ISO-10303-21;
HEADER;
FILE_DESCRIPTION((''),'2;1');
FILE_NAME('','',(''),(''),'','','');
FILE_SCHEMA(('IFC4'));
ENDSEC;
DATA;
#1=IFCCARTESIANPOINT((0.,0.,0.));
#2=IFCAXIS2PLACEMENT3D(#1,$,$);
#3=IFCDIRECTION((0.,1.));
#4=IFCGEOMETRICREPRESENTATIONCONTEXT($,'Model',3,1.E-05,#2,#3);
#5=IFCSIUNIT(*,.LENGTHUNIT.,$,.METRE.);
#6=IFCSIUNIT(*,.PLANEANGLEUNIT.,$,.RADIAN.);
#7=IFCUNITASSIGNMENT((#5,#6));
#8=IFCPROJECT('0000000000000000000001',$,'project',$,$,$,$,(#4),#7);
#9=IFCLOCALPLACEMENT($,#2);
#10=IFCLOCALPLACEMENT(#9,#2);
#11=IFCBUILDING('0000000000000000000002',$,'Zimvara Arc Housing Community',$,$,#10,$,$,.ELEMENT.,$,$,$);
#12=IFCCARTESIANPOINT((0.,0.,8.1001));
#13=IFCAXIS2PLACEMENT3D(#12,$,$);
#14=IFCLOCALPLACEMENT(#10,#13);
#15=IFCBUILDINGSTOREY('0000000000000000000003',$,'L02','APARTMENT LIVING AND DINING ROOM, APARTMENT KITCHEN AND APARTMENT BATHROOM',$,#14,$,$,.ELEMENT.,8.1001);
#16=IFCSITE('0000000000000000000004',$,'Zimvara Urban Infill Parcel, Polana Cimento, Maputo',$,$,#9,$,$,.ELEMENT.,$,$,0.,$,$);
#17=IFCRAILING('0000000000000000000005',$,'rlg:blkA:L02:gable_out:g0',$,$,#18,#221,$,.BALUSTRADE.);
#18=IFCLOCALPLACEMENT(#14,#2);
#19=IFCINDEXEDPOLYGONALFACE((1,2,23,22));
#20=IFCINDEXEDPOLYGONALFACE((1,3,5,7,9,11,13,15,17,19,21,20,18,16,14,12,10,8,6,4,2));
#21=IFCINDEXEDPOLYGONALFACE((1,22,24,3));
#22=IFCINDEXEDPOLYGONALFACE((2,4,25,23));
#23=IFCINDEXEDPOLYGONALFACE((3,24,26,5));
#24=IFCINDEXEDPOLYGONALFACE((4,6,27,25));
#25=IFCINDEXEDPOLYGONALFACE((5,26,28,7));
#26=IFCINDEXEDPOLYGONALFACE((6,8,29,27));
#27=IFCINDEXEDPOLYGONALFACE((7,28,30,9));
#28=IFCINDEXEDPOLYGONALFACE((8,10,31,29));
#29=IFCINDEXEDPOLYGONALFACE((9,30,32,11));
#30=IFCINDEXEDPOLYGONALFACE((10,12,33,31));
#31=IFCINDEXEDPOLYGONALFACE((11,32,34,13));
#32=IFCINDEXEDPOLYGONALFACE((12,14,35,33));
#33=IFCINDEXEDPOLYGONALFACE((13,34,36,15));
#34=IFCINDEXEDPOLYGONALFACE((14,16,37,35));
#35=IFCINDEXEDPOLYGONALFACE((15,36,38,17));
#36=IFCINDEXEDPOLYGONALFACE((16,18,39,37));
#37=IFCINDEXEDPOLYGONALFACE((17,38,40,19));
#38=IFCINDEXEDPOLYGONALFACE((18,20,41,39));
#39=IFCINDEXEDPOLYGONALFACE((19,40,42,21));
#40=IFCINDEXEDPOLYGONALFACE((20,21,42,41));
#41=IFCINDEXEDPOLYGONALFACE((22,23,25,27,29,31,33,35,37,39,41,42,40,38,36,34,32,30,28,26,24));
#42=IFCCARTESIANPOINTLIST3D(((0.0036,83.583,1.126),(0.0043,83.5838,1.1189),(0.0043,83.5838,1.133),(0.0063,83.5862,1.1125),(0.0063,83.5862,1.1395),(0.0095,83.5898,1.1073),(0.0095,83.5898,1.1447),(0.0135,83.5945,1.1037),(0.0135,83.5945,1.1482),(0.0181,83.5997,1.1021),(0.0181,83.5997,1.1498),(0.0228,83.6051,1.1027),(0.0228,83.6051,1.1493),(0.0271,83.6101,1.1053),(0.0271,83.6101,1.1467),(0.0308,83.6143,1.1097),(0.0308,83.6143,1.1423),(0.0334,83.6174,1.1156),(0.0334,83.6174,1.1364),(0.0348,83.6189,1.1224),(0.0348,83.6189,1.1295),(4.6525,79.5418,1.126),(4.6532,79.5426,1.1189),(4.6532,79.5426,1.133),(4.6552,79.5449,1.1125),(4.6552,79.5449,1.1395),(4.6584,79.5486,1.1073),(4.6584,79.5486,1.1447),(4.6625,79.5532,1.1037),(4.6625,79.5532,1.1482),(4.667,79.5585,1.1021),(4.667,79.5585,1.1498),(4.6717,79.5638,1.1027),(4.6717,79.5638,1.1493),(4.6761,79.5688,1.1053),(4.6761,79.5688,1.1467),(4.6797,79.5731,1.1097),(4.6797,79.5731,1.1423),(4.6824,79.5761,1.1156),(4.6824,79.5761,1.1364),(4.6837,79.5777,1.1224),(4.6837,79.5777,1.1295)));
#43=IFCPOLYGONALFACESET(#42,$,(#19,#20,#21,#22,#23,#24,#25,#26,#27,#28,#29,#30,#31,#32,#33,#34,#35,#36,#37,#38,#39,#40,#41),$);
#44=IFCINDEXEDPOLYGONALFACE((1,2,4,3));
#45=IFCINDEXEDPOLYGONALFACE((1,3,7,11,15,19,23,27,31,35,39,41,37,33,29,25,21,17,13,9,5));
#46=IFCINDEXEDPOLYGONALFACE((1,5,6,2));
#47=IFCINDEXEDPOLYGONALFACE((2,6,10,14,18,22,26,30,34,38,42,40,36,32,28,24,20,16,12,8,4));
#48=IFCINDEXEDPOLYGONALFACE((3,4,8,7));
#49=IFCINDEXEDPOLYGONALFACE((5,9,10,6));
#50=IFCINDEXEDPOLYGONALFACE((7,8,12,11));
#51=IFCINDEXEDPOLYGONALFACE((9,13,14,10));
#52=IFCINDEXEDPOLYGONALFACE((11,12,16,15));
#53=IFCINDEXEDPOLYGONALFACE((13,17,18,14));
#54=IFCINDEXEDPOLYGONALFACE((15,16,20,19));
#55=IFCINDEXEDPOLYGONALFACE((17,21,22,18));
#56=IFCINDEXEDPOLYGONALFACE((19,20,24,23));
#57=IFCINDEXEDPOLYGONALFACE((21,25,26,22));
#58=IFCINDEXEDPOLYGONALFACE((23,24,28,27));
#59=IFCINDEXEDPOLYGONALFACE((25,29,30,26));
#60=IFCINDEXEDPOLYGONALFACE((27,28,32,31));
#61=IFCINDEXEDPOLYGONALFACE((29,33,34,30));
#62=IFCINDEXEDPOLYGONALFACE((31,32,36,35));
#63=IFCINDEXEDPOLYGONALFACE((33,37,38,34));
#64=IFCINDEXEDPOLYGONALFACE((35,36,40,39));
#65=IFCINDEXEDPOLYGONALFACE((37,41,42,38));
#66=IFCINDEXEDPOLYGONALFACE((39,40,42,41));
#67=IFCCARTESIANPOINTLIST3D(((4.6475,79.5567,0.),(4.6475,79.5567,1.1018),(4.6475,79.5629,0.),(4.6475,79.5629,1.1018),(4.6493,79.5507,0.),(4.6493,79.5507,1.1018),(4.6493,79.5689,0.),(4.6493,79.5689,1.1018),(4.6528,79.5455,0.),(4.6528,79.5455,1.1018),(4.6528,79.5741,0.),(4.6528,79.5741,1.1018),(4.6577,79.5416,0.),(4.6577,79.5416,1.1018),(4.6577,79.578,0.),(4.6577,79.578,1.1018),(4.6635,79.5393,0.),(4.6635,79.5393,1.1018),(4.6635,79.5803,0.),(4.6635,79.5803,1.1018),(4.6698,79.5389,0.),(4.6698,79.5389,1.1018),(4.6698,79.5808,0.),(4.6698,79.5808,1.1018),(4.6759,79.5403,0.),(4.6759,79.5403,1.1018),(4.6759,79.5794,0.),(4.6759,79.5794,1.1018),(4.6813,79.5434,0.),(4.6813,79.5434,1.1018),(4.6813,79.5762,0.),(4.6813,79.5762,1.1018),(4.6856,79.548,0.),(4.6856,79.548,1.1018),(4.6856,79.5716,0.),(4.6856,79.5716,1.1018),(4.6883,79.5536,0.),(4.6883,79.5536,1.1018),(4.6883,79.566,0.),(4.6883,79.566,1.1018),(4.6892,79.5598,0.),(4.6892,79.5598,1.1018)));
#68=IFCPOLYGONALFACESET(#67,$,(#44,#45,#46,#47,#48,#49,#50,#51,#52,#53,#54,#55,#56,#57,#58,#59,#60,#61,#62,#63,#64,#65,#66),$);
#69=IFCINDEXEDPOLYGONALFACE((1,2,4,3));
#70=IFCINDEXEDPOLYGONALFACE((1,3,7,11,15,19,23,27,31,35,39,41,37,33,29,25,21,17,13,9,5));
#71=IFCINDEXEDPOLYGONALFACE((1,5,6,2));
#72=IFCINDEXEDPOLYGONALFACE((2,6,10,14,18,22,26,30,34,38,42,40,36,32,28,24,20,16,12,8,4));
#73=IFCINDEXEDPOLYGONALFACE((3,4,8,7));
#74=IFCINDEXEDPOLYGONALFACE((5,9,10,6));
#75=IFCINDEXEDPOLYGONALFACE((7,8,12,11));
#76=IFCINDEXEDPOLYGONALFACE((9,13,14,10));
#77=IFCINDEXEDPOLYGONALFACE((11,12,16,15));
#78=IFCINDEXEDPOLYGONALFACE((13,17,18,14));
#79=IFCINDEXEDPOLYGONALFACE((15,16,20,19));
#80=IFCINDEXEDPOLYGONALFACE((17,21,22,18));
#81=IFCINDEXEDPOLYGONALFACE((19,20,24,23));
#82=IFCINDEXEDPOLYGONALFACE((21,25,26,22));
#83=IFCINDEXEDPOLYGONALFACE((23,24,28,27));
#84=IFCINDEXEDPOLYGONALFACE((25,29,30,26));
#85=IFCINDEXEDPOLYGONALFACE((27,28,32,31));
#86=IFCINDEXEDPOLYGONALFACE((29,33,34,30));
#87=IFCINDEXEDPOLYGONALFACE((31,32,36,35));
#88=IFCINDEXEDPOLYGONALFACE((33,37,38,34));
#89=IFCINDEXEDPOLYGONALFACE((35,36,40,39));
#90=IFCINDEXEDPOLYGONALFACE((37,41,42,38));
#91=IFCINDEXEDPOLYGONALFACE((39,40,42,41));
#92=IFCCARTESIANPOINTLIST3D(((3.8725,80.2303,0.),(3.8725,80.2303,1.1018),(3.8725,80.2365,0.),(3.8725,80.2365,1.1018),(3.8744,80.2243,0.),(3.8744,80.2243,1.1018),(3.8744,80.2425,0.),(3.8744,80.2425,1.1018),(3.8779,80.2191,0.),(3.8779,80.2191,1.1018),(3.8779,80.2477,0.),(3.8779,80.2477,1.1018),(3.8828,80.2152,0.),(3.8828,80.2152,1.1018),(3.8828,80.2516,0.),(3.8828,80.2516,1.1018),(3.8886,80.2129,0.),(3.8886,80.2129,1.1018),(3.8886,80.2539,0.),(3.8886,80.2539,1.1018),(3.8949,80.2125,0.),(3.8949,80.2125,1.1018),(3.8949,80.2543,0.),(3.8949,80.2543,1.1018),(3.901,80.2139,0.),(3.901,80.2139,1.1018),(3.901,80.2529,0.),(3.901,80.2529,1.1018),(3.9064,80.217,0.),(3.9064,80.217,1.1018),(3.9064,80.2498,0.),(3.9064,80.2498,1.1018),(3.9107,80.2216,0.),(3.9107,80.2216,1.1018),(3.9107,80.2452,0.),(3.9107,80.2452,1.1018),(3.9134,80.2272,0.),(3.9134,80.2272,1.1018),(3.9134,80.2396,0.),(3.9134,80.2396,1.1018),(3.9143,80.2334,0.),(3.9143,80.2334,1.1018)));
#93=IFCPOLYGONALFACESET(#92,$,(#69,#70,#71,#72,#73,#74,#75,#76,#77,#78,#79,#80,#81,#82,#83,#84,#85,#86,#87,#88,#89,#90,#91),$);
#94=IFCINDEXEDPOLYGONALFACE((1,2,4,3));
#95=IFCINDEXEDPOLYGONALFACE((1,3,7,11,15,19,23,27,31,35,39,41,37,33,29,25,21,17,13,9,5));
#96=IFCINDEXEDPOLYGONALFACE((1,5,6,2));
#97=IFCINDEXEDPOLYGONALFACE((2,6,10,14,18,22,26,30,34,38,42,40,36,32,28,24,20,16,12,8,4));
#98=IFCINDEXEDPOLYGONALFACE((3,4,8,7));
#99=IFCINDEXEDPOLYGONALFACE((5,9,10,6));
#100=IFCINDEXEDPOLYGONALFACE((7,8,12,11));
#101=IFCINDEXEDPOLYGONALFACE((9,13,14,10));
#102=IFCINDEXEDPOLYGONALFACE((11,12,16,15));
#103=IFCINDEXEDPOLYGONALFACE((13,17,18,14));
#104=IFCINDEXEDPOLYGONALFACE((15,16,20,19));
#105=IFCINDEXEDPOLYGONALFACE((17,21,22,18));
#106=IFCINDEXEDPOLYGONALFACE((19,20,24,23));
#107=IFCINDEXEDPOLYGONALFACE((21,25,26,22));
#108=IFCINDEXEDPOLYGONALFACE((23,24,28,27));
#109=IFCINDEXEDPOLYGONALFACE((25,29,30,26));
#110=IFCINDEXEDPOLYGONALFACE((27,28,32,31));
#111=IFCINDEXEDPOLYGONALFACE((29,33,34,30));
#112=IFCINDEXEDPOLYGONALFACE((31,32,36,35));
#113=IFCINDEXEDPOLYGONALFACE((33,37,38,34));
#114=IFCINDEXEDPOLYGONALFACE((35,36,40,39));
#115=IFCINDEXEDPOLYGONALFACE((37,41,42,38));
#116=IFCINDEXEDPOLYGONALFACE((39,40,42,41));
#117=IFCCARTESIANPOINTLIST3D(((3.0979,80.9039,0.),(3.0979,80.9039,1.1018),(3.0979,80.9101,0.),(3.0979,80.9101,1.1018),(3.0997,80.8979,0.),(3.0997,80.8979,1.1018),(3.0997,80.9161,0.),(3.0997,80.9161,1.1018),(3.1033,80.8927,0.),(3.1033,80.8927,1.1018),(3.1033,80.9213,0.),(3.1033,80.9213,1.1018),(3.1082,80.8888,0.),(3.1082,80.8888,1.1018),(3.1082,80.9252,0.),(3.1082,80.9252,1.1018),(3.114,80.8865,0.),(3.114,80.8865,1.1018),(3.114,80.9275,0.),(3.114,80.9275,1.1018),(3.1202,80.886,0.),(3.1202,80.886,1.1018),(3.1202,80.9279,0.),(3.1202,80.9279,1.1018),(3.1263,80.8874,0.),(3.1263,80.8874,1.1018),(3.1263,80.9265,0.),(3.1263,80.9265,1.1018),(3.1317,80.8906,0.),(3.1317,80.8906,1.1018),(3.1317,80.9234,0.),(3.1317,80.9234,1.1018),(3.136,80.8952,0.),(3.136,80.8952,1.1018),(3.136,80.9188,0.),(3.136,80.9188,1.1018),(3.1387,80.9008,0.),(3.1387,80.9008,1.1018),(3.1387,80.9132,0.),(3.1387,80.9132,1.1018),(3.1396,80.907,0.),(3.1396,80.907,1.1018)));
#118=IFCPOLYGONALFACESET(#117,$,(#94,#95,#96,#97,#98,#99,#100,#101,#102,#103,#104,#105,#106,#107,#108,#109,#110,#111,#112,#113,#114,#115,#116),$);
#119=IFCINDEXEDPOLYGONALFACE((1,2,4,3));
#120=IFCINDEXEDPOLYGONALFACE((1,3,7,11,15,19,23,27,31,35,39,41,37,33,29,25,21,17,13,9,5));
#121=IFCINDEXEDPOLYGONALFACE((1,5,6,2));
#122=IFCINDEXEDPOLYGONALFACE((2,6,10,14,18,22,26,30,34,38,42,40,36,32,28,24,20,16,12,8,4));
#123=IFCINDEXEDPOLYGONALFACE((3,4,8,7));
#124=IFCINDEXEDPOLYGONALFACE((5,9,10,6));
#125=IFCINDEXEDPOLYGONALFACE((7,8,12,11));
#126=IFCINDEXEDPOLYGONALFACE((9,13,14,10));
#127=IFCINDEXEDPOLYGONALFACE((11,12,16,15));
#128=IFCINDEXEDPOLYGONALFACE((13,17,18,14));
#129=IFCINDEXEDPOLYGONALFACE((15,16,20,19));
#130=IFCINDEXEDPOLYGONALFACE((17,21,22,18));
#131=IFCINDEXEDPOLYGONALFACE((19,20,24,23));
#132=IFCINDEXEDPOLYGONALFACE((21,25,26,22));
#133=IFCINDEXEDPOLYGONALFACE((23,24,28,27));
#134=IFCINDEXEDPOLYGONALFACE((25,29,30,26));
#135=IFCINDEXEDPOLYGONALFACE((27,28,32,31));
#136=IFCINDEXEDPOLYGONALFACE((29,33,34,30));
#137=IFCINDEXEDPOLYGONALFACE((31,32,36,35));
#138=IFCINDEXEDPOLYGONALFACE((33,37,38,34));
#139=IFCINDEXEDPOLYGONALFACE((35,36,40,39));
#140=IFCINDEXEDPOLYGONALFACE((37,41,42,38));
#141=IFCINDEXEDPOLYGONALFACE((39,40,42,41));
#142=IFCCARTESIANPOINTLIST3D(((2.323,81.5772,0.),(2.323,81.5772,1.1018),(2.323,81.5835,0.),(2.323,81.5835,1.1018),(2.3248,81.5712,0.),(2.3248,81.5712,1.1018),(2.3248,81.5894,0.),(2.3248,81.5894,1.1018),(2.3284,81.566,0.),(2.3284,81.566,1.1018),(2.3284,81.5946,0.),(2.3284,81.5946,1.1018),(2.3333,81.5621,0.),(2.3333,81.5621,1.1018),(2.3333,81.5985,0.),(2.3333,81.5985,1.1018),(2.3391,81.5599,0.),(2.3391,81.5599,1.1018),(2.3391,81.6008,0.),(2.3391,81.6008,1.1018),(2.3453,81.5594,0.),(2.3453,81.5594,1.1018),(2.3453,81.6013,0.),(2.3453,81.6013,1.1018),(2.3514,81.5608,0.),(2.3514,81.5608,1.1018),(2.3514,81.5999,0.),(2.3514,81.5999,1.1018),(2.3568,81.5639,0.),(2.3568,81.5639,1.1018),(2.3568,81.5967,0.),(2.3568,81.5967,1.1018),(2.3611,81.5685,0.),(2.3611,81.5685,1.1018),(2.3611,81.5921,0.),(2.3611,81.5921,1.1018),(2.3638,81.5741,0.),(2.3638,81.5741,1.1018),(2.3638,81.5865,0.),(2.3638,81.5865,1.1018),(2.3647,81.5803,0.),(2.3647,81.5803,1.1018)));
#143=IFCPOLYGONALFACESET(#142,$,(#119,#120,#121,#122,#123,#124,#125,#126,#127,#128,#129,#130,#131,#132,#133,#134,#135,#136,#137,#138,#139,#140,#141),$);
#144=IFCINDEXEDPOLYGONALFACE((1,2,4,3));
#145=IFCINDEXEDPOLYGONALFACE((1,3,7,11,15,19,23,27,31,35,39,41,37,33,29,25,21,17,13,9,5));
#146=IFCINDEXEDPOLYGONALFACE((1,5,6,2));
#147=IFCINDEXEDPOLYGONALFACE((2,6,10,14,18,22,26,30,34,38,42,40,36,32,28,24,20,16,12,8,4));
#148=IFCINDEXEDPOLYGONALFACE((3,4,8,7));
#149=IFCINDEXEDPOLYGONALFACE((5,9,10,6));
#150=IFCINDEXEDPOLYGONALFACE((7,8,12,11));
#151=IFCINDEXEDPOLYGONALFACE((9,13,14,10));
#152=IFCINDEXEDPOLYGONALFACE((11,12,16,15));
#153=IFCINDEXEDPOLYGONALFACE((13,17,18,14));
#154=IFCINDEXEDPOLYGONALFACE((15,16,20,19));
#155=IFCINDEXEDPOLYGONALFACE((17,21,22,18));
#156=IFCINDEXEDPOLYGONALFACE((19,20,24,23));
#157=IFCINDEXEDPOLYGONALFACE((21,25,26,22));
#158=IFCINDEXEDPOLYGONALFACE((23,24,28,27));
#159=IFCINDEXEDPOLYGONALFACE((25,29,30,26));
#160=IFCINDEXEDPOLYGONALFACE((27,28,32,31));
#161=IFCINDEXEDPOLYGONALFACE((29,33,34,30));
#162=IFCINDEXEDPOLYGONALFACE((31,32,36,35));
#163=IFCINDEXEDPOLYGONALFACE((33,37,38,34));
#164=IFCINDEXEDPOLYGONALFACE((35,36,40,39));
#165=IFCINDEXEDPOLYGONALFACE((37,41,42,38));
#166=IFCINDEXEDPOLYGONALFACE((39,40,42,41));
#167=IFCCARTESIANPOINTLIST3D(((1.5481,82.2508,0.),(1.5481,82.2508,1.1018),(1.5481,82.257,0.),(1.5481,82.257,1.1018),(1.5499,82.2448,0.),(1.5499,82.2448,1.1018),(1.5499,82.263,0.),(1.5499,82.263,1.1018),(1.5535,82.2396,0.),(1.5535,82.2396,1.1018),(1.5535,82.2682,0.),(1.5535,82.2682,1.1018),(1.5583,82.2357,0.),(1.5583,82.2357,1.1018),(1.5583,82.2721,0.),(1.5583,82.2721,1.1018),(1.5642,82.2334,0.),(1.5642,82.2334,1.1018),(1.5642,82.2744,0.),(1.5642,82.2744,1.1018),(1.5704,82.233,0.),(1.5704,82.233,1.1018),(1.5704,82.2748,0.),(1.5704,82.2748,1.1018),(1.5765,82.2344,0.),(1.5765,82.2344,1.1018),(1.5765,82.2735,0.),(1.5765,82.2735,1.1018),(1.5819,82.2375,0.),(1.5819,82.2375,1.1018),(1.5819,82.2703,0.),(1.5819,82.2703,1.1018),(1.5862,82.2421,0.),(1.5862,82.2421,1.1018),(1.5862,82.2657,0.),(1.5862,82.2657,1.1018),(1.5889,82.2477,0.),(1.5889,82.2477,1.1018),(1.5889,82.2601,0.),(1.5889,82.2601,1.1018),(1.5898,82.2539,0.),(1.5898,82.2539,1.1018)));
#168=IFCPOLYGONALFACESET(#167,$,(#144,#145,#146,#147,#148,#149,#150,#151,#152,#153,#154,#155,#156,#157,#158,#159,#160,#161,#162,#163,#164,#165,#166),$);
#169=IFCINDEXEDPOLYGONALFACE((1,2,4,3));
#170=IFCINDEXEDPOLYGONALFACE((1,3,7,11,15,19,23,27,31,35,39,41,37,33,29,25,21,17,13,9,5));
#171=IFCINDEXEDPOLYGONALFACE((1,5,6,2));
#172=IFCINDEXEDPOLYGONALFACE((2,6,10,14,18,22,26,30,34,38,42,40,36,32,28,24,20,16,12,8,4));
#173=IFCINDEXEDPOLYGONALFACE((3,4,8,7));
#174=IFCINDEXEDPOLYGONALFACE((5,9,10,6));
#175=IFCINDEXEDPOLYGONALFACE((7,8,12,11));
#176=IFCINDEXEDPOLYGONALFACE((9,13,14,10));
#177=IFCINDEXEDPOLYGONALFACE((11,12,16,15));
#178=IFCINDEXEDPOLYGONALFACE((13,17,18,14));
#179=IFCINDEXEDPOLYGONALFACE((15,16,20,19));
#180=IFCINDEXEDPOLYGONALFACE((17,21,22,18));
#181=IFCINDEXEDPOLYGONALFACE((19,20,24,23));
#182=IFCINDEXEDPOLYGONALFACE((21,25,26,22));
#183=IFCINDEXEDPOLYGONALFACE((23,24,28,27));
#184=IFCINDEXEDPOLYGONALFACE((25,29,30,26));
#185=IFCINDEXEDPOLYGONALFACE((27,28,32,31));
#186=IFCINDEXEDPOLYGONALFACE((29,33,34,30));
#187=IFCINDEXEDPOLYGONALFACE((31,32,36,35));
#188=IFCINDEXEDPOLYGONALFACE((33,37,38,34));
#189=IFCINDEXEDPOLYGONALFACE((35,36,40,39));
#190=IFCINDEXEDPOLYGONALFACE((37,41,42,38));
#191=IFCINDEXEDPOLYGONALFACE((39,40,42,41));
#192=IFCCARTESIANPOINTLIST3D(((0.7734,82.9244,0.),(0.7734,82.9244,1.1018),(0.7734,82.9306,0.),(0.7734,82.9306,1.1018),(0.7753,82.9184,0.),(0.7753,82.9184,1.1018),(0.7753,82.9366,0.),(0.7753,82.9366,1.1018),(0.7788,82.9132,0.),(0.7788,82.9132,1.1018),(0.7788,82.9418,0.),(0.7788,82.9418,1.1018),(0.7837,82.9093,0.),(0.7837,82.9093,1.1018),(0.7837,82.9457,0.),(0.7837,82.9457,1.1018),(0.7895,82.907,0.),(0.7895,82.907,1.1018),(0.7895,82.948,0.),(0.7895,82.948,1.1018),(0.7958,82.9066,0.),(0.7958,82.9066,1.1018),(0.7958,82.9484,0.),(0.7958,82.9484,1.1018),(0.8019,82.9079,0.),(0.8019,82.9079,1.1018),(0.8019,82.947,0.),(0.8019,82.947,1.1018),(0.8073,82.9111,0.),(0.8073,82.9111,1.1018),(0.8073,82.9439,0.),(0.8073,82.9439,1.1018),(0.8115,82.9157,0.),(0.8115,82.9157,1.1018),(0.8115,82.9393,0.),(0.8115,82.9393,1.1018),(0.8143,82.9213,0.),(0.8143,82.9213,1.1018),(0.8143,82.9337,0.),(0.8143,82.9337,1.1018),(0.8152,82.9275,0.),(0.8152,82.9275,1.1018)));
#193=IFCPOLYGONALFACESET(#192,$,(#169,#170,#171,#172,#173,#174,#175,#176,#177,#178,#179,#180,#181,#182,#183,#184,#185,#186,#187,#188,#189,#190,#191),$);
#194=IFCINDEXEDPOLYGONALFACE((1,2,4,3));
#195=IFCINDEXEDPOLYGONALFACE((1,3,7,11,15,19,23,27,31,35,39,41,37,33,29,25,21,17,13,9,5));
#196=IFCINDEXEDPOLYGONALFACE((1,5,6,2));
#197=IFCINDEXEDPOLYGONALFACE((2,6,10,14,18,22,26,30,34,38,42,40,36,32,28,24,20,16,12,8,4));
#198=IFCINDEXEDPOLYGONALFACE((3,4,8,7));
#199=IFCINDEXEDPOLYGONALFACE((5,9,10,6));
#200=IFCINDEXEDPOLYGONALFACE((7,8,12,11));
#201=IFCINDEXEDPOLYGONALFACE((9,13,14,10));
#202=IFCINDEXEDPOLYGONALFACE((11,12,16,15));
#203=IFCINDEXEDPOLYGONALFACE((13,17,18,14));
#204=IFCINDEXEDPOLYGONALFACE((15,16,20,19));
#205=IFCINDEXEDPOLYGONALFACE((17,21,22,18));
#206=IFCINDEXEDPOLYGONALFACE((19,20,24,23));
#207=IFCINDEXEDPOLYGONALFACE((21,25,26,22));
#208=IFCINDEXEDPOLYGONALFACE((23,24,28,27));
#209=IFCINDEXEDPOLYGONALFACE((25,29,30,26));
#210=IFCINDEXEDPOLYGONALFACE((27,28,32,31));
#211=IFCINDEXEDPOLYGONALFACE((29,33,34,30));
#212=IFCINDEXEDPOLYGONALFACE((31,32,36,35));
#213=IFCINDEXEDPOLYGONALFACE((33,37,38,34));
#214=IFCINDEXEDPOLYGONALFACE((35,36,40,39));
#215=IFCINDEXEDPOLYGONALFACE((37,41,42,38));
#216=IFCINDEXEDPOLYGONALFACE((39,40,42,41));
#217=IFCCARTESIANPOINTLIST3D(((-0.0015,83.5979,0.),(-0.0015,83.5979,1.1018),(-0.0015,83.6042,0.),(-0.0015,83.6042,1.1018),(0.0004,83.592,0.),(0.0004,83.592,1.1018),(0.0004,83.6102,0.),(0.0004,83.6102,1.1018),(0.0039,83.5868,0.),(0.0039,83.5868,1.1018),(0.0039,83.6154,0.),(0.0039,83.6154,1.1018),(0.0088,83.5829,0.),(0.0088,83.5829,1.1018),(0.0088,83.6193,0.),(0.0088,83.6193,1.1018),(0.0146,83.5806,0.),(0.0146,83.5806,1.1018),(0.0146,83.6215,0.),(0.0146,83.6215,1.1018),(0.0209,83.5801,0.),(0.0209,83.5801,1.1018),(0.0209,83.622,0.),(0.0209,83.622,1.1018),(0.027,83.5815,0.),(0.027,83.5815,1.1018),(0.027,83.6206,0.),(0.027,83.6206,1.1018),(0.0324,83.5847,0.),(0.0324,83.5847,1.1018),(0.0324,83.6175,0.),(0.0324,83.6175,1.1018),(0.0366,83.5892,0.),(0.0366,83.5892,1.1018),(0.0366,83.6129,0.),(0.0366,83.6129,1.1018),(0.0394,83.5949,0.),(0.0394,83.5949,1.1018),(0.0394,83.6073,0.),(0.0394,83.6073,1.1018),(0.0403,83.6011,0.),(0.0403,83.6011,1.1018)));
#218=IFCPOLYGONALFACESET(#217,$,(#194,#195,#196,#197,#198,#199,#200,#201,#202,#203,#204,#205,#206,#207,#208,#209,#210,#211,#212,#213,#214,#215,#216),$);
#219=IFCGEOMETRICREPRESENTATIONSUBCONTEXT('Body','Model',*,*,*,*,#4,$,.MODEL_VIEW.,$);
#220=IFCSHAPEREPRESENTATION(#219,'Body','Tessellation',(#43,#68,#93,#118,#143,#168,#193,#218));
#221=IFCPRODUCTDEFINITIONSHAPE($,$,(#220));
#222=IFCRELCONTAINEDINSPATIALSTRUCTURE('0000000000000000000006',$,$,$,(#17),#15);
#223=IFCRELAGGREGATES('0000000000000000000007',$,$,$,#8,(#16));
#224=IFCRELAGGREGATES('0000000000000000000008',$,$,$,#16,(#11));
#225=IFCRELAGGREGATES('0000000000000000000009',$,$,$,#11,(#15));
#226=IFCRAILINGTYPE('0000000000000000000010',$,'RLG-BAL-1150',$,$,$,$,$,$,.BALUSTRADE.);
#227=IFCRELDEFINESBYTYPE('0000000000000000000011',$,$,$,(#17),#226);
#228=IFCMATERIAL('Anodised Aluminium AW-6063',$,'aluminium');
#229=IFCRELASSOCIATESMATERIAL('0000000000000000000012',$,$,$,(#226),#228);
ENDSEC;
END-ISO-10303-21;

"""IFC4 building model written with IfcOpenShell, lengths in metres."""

from ifc_helpers import new_model, si_unit, direction, frame, origin, origin_2d, place, context, subcontext, project, spatial, circle, extrude, material, type_object, element, save


model = new_model("IFC4")

# Units and contexts
model_context = context("Model", 3, precision=1e-05, world=origin(), true_north=direction((0.0, 1.0)))
body_context = subcontext(model_context, "Body", "Model", "MODEL_VIEW")
ifc_project = project(units=[si_unit("LENGTHUNIT", "METRE"), si_unit("PLANEANGLEUNIT", "RADIAN")], contexts=[model_context])

# Site, building, storey
site_placement = place(None, origin())
site = spatial("IfcSite", under=ifc_project, at=site_placement, Name="Zimvara Urban Infill Parcel, Polana Cimento, Maputo", CompositionType="ELEMENT", RefElevation=0.0)
building_placement = place(site_placement, origin())
building = spatial("IfcBuilding", under=site, at=building_placement, Name="Zimvara Arc Housing Community", CompositionType="ELEMENT")
storey_placement = place(building_placement, frame((0.0, 0.0, 8.1001)))
storey = spatial("IfcBuildingStorey", under=building, at=storey_placement, Name="L02", Description="APARTMENT LIVING AND DINING ROOM, APARTMENT KITCHEN AND APARTMENT BATHROOM", CompositionType="ELEMENT", Elevation=8.1001)

# Railing
ifc_material_1 = material(Name="Anodised Aluminium AW-6063", Category="aluminium")
railing_type = type_object("IfcRailingType", Name="RLG-BAL-1150", PredefinedType="BALUSTRADE", material=ifc_material_1)
railing_placement = place(storey_placement, frame((4.6682, 79.5598, 0.0)))
element("IfcRailing", 1, at=railing_placement, inside=storey, type_object=railing_type, Name="rlg:blkA:L02:gable_out:g0", PredefinedType="BALUSTRADE", context=body_context, shape_type="SweptSolid", body=[
    extrude(circle(Radius=0.0239, at=origin_2d()), frame((0.0, 0.0, 1.126), z_axis=(-0.754709, 0.65606, 0.0), x_axis=(-0.65606, -0.754709, 0.0)), (0.0, 0.0, 1.0), 6.1599),
    extrude(circle(Radius=0.021, at=origin_2d()), origin(), (0.0, 0.0, 1.0), 1.1018),
    extrude(circle(Radius=0.021, at=origin_2d()), frame((-0.7749, 0.6736, 0.0)), (0.0, 0.0, 1.0), 1.1018),
    extrude(circle(Radius=0.021, at=origin_2d()), frame((-1.5496, 1.3472, 0.0)), (0.0, 0.0, 1.0), 1.1018),
    extrude(circle(Radius=0.021, at=origin_2d()), frame((-2.3245, 2.0205, 0.0)), (0.0, 0.0, 1.0), 1.1018),
    extrude(circle(Radius=0.021, at=origin_2d()), frame((-3.0994, 2.6941, 0.0)), (0.0, 0.0, 1.0), 1.1018),
    extrude(circle(Radius=0.021, at=origin_2d()), frame((-3.874, 3.3677, 0.0)), (0.0, 0.0, 1.0), 1.1018),
    extrude(circle(Radius=0.021, at=origin_2d()), frame((-4.6489, 4.0413, 0.0)), (0.0, 0.0, 1.0), 1.1018),
])

save(model, "model.ifc")
